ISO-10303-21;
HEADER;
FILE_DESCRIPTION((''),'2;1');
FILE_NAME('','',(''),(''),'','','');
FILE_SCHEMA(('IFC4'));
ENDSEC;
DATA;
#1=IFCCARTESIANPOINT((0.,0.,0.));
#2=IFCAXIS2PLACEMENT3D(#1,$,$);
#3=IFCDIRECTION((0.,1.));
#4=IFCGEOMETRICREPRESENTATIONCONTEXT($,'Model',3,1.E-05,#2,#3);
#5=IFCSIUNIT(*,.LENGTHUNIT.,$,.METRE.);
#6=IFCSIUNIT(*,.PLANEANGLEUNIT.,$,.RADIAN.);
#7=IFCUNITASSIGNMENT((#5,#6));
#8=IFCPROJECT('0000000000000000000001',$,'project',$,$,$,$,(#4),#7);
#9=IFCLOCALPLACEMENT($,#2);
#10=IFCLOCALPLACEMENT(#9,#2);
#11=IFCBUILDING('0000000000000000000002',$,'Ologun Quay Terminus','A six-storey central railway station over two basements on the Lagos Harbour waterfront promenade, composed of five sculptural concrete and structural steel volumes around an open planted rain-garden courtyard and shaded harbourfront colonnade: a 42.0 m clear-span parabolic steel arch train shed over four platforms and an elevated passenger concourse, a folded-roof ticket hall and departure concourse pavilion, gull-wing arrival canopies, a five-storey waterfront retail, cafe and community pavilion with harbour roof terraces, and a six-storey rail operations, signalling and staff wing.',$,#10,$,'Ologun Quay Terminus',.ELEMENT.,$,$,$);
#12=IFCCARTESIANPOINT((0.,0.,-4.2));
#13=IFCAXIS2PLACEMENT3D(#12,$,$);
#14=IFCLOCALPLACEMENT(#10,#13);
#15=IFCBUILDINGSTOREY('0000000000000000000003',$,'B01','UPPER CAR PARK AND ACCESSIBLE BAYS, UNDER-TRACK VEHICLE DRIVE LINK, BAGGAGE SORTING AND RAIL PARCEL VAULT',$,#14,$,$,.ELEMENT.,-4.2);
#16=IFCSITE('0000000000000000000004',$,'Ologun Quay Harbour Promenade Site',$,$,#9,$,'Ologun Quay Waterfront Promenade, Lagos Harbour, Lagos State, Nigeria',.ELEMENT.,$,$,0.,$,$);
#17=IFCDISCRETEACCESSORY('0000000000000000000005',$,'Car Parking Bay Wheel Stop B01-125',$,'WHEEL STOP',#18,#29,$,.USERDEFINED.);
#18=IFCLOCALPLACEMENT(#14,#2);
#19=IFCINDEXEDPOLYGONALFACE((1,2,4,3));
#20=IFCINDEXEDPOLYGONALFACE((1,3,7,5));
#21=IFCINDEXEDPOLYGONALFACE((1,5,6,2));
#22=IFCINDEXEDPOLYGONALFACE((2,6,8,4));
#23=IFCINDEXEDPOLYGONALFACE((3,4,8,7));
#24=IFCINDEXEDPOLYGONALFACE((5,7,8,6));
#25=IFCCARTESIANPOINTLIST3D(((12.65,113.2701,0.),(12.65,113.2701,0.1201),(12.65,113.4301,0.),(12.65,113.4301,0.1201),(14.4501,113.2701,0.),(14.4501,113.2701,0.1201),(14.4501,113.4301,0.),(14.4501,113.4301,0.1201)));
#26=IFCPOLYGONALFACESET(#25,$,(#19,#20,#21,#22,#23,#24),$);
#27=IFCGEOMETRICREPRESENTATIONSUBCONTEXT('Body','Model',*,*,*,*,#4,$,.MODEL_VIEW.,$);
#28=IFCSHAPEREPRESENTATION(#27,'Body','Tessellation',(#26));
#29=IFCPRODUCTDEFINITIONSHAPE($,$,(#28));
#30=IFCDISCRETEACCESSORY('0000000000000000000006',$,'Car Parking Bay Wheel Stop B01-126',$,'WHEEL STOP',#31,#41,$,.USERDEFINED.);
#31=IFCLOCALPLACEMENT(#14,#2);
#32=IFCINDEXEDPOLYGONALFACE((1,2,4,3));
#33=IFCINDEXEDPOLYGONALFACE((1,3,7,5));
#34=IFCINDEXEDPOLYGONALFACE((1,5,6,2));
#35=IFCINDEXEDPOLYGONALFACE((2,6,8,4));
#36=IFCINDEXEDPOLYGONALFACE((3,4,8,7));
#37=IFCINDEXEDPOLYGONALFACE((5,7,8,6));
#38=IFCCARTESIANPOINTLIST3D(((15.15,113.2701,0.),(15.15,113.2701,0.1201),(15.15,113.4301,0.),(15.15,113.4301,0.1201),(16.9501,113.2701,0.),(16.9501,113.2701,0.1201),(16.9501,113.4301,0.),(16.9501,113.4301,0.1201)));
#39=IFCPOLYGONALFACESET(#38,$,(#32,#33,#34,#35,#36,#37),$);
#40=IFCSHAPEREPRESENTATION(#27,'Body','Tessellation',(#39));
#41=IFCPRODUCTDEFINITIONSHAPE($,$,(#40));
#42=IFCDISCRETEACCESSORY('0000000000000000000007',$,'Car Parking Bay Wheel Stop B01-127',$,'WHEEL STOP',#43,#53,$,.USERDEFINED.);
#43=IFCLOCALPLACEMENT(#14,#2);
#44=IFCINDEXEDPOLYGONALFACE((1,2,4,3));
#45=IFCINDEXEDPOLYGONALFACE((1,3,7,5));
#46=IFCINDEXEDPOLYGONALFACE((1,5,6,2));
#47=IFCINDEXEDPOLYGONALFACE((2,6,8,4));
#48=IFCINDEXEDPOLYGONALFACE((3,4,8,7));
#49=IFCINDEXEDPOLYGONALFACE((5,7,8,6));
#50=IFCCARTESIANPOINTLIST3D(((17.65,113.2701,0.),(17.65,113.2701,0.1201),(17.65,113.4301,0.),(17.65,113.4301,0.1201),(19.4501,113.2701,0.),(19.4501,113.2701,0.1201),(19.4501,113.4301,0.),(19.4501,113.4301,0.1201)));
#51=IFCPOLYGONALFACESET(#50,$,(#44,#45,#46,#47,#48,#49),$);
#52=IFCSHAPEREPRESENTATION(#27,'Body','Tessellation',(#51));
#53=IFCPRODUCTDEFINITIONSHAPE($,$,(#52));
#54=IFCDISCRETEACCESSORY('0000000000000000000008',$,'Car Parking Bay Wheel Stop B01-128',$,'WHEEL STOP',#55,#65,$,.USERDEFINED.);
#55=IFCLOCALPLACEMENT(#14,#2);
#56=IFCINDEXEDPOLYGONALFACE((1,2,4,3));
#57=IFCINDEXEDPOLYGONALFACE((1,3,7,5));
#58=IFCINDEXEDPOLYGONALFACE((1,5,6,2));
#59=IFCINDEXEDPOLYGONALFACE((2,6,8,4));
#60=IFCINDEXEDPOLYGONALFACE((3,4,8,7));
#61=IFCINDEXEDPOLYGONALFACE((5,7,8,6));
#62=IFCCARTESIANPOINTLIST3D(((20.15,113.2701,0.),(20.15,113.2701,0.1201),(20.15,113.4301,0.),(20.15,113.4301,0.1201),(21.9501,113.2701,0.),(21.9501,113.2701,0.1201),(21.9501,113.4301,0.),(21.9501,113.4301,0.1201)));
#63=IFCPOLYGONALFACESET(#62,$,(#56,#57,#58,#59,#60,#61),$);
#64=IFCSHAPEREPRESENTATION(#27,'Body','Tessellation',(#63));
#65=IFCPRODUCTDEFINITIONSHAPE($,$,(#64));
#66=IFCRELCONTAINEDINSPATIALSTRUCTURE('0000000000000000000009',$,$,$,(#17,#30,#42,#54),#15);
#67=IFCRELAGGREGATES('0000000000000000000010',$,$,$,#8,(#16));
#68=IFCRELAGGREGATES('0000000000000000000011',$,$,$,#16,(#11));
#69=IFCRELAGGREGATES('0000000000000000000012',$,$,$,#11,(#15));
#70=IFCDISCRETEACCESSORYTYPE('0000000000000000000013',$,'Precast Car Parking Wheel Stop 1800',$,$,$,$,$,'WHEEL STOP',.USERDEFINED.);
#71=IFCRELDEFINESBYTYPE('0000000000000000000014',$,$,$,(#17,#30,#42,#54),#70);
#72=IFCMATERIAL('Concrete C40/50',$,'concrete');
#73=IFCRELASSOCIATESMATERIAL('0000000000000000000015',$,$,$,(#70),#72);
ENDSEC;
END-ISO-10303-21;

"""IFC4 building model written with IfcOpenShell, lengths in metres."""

from ifc_helpers import new_model, si_unit, direction, frame, origin, origin_2d, place, context, subcontext, project, spatial, rectangle, extrude, material, type_object, element, save


model = new_model("IFC4")

# Units and contexts
model_context = context("Model", 3, precision=1e-05, world=origin(), true_north=direction((0.0, 1.0)))
body_context = subcontext(model_context, "Body", "Model", "MODEL_VIEW")
ifc_project = project(units=[si_unit("LENGTHUNIT", "METRE"), si_unit("PLANEANGLEUNIT", "RADIAN")], contexts=[model_context])

# Site, building, storey
site_placement = place(None, origin())
site = spatial("IfcSite", under=ifc_project, at=site_placement, Name="Ologun Quay Harbour Promenade Site", LongName="Ologun Quay Waterfront Promenade, Lagos Harbour, Lagos State, Nigeria", CompositionType="ELEMENT", RefElevation=0.0)
building_placement = place(site_placement, origin())
building = spatial("IfcBuilding", under=site, at=building_placement, Name="Ologun Quay Terminus", Description="A six-storey central railway station over two basements on the Lagos Harbour waterfront promenade, composed of five sculptural concrete and structural steel volumes around an open planted rain-garden courtyard and shaded harbourfront colonnade: a 42.0 m clear-span parabolic steel arch train shed over four platforms and an elevated passenger concourse, a folded-roof ticket hall and departure concourse pavilion, gull-wing arrival canopies, a five-storey waterfront retail, cafe and community pavilion with harbour roof terraces, and a six-storey rail operations, signalling and staff wing.", LongName="Ologun Quay Terminus", CompositionType="ELEMENT")
storey_placement = place(building_placement, frame((0.0, 0.0, -4.2)))
storey = spatial("IfcBuildingStorey", under=building, at=storey_placement, Name="B01", Description="UPPER CAR PARK AND ACCESSIBLE BAYS, UNDER-TRACK VEHICLE DRIVE LINK, BAGGAGE SORTING AND RAIL PARCEL VAULT", CompositionType="ELEMENT", Elevation=-4.2)

# Discrete accessories
ifc_material_1 = material(Name="Concrete C40/50", Category="concrete")
discrete_accessory_type_1 = type_object("IfcDiscreteAccessoryType", Name="Precast Car Parking Wheel Stop 1800", ElementType="WHEEL STOP", PredefinedType="USERDEFINED", material=ifc_material_1)
for number, where, z_axis, x_axis, name in (
    (1, (13.55, 113.3501, 0.0), (0.0, 0.0, 1.0), (1.0, 0.0, 0.0), "Car Parking Bay Wheel Stop B01-125"),
    (2, (16.05, 113.3501, 0.0), (0.0, 0.0, 1.0), (1.0, 0.0, 0.0), "Car Parking Bay Wheel Stop B01-126"),
    (3, (18.55, 113.3501, 0.0), (0.0, 0.0, 1.0), (1.0, 0.0, 0.0), "Car Parking Bay Wheel Stop B01-127"),
    (4, (21.05, 113.3501, 0.0), (0.0, 0.0, 1.0), (1.0, 0.0, 0.0), "Car Parking Bay Wheel Stop B01-128"),
):
    element("IfcDiscreteAccessory", number, at=place(storey_placement, frame(where, z_axis=z_axis, x_axis=x_axis)), inside=storey, type_object=discrete_accessory_type_1, Name=name, ObjectType="WHEEL STOP", PredefinedType="USERDEFINED", context=body_context, shape_type="SweptSolid", body=[
        extrude(rectangle(XDim=1.8, YDim=0.1599, at=origin_2d()), origin(), (0.0, 0.0, 1.0), 0.1201),
    ])

save(model, "model.ifc")
